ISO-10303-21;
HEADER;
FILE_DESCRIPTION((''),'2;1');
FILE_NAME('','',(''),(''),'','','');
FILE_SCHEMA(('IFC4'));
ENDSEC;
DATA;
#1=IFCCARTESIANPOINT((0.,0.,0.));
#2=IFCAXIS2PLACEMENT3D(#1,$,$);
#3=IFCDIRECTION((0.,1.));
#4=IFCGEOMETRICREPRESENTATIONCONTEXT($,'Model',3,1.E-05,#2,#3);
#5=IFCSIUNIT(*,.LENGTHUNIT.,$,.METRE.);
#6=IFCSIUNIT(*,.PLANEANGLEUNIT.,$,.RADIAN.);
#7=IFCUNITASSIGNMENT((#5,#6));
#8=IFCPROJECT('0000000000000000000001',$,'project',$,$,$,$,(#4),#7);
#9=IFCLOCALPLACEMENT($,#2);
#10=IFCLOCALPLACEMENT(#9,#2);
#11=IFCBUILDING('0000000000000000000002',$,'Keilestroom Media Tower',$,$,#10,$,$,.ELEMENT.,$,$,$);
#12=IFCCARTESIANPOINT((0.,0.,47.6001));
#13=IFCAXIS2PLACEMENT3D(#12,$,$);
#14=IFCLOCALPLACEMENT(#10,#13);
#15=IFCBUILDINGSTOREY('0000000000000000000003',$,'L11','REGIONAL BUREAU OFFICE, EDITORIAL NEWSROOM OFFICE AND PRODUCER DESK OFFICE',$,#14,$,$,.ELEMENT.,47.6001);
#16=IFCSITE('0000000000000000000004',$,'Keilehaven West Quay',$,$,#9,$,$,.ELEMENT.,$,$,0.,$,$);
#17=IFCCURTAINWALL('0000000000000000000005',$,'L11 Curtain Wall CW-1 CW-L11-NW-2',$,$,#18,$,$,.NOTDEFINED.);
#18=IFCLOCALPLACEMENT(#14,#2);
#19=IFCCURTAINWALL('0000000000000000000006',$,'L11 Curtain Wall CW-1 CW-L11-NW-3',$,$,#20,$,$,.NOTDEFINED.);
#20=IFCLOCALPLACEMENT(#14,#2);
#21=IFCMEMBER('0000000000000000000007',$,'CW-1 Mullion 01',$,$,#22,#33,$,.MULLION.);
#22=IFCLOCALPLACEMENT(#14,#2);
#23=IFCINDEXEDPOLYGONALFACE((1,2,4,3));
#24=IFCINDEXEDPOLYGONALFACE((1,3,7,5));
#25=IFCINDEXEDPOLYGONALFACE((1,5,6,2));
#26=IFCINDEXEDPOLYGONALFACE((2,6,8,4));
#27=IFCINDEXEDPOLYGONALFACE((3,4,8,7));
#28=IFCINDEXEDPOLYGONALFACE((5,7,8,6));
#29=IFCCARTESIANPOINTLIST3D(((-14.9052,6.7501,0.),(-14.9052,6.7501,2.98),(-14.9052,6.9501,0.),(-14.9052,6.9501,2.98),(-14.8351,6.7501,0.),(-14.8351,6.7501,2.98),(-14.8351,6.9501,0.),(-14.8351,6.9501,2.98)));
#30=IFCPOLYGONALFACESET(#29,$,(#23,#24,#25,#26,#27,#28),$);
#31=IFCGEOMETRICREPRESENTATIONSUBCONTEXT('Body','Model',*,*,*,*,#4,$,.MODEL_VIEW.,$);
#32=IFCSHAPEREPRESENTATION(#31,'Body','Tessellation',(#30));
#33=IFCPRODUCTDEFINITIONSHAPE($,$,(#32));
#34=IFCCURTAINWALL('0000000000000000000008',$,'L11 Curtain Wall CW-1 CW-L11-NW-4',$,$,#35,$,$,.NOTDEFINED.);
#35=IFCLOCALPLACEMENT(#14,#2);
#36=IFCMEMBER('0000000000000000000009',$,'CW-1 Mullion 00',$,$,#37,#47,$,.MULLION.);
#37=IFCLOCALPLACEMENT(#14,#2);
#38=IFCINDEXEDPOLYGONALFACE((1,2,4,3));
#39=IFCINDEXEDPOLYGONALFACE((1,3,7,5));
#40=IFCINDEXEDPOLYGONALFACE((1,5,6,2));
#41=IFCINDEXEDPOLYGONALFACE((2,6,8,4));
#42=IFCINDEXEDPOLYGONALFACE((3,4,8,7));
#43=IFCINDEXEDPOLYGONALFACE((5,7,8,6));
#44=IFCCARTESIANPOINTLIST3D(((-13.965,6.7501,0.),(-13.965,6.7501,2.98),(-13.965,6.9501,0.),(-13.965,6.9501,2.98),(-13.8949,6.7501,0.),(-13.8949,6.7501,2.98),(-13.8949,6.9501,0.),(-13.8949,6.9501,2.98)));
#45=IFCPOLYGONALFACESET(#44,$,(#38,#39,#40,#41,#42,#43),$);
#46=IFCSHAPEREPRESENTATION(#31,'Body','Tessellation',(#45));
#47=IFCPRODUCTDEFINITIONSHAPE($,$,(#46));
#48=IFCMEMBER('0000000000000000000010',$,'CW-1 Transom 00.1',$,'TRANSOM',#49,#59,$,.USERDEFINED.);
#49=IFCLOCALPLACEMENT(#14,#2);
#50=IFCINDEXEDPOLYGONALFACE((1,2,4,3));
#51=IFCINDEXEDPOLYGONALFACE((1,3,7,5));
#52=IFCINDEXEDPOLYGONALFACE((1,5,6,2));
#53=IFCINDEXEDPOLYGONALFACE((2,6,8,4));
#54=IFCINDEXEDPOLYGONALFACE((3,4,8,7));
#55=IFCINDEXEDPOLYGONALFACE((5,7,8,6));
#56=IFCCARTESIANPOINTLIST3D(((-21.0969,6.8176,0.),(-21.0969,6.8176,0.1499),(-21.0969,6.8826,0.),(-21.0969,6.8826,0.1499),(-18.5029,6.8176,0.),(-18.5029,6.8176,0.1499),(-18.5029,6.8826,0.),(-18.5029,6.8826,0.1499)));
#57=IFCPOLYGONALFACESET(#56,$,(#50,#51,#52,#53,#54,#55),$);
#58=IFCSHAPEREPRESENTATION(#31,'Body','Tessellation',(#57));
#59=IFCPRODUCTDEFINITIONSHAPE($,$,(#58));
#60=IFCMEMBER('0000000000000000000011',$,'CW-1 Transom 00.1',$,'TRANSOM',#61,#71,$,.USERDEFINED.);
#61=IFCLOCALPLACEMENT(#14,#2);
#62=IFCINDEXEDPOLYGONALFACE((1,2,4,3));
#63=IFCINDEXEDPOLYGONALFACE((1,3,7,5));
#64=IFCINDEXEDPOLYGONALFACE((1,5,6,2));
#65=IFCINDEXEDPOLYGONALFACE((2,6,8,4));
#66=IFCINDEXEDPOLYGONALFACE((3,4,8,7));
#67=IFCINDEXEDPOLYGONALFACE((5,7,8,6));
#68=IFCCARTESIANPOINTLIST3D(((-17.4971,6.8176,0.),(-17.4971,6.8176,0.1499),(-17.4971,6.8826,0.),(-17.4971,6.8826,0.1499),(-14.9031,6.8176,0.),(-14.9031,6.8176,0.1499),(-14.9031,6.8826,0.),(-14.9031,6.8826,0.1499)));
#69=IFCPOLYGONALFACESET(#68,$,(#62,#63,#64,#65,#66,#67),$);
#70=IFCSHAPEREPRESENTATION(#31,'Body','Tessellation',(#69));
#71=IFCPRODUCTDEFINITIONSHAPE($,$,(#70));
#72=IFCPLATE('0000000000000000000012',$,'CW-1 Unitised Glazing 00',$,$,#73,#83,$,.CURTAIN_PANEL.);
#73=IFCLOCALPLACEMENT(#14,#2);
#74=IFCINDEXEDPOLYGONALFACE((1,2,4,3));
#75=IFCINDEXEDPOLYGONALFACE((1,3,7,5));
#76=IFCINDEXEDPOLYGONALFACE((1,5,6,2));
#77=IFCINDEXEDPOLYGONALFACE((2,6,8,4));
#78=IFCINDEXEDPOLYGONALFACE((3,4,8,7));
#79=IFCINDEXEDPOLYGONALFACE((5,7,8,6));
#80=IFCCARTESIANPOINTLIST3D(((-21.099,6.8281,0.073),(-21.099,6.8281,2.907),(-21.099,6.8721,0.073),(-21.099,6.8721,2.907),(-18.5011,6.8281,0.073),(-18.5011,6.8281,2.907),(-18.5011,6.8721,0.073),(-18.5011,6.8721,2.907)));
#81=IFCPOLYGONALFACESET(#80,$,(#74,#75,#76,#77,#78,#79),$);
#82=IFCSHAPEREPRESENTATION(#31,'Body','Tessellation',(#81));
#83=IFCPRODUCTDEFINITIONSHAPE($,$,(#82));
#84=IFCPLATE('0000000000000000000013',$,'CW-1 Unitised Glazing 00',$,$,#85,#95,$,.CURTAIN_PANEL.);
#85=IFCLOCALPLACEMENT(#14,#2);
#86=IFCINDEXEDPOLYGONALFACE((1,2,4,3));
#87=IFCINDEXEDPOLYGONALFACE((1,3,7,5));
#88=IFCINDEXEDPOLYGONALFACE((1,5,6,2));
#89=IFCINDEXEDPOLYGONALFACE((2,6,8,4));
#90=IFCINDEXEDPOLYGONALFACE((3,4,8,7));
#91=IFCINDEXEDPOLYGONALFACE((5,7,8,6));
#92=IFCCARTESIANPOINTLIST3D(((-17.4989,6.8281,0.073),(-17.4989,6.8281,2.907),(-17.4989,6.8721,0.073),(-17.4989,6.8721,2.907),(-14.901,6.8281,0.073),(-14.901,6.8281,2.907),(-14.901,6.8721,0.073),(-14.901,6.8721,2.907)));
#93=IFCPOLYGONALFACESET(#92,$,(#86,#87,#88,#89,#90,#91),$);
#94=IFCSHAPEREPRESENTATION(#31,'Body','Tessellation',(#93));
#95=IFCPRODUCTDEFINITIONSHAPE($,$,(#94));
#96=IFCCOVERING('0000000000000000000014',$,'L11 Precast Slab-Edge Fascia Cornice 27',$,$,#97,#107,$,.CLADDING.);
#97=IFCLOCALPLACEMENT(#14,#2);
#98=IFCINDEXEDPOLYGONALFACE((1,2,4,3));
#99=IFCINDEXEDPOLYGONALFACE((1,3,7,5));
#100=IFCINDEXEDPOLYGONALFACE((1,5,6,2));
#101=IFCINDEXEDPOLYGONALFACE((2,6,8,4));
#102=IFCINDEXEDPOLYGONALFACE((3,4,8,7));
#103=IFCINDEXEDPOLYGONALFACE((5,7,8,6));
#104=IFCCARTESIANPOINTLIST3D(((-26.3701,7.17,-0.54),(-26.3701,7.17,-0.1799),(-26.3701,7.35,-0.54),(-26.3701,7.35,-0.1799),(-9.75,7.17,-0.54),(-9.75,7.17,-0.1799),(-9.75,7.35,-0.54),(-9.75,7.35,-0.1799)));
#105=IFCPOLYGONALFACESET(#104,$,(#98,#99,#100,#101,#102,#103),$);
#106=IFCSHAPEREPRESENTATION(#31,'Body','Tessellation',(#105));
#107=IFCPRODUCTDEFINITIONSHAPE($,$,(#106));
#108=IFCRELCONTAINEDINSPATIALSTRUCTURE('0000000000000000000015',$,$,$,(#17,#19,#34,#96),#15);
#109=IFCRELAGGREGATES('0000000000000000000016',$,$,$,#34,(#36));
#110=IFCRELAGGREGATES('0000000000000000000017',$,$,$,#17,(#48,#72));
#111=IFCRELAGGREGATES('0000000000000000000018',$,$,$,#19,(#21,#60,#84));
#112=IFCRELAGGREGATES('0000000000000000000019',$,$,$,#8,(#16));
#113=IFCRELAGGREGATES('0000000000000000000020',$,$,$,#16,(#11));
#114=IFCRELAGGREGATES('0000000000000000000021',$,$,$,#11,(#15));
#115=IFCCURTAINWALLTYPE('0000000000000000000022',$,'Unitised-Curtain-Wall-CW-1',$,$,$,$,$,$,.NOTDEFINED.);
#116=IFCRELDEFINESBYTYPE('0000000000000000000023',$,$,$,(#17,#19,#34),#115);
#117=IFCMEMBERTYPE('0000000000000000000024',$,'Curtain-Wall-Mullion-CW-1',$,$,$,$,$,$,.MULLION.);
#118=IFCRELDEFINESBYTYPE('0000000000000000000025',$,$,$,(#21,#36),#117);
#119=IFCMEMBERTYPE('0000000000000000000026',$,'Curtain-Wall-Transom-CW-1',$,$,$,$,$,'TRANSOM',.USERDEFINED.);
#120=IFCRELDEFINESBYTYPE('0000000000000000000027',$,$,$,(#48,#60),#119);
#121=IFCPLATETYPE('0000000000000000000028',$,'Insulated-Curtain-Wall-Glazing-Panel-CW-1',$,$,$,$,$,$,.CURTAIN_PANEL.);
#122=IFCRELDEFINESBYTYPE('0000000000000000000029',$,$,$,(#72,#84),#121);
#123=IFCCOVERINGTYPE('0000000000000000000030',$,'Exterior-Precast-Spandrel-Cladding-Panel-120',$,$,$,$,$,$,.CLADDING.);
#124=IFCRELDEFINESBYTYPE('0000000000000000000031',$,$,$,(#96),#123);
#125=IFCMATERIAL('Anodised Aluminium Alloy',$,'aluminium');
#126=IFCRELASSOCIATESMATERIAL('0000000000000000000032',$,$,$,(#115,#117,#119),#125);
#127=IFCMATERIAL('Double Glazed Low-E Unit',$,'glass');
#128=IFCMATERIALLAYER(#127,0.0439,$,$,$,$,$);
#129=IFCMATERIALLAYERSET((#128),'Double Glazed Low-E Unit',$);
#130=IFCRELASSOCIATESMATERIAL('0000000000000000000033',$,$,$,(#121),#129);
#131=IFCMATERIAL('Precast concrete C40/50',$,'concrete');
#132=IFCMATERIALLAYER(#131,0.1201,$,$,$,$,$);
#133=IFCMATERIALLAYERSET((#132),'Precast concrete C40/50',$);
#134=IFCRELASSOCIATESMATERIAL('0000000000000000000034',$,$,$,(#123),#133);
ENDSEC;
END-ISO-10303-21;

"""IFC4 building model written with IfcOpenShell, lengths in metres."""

from ifc_helpers import new_model, si_unit, direction, frame, origin, origin_2d, place, context, subcontext, project, spatial, rectangle, extrude, source, transform, mapped, material, layer, layer_set, material_profile, profile_set, type_object, element, aggregate, save


model = new_model("IFC4")

# Units and contexts
model_context = context("Model", 3, precision=1e-05, world=origin(), true_north=direction((0.0, 1.0)))
body_context = subcontext(model_context, "Body", "Model", "MODEL_VIEW")
ifc_project = project(units=[si_unit("LENGTHUNIT", "METRE"), si_unit("PLANEANGLEUNIT", "RADIAN")], contexts=[model_context])

# Site, building, storey
site_placement = place(None, origin())
site = spatial("IfcSite", under=ifc_project, at=site_placement, Name="Keilehaven West Quay", CompositionType="ELEMENT", RefElevation=0.0)
building_placement = place(site_placement, origin())
building = spatial("IfcBuilding", under=site, at=building_placement, Name="Keilestroom Media Tower", CompositionType="ELEMENT")
storey_placement = place(building_placement, frame((0.0, 0.0, 47.6001)))
storey = spatial("IfcBuildingStorey", under=building, at=storey_placement, Name="L11", Description="REGIONAL BUREAU OFFICE, EDITORIAL NEWSROOM OFFICE AND PRODUCER DESK OFFICE", CompositionType="ELEMENT", Elevation=47.6001)

# Shared definitions
ifc_material_1 = material(Name="Precast concrete C40/50", Category="concrete")

# Curtain walls, member
ifc_material_2 = material(Name="Anodised Aluminium Alloy", Category="aluminium")
curtain_wall_type = type_object("IfcCurtainWallType", Name="Unitised-Curtain-Wall-CW-1", PredefinedType="NOTDEFINED", material=ifc_material_2)
curtain_wall_1_placement = place(storey_placement, origin())
curtain_wall_1 = element("IfcCurtainWall", 1, at=curtain_wall_1_placement, inside=storey, type_object=curtain_wall_type, Name="L11 Curtain Wall CW-1 CW-L11-NW-2", PredefinedType="NOTDEFINED")
ifc_material_profile_1 = material_profile(ifc_material_2, rectangle(XDim=0.0701, YDim=0.2, at=origin_2d()), Name="ALU MULLION 70x200")
ifc_profile_set_1 = profile_set([ifc_material_profile_1], Name="Anodised Aluminium Alloy")
member_type_1 = type_object("IfcMemberType", Name="Curtain-Wall-Mullion-CW-1", PredefinedType="MULLION", material=ifc_profile_set_1)
shared_shape_1 = source(origin(), body_context, "Body", "SweptSolid", [
    extrude(rectangle(XDim=0.0701, YDim=0.2, at=origin_2d()), origin(), (0.0, 0.0, 1.0), 2.98),
])
curtain_wall_2_placement = place(storey_placement, origin())
curtain_wall_2 = element("IfcCurtainWall", 2, at=curtain_wall_2_placement, inside=storey, type_object=curtain_wall_type, Name="L11 Curtain Wall CW-1 CW-L11-NW-3", PredefinedType="NOTDEFINED")
member_1_placement = place(storey_placement, frame((-14.8701, 6.8501, 0.0), z_axis=(0.0, 0.0, 1.0), x_axis=(1.0, 0.0, 0.0)))
member_1 = element("IfcMember", 3, at=member_1_placement, type_object=member_type_1, Name="CW-1 Mullion 01", PredefinedType="MULLION", context=body_context, shape_type="MappedRepresentation", body=[
    mapped(shared_shape_1, transform((0.0, 0.0, 0.0), x_axis=(1.0, 0.0, 0.0), y_axis=(0.0, 1.0, 0.0), z_axis=(0.0, 0.0, 1.0), scale=1.0)),
])

# Curtain wall, member
curtain_wall_3_placement = place(storey_placement, origin())
curtain_wall_3 = element("IfcCurtainWall", 4, at=curtain_wall_3_placement, inside=storey, type_object=curtain_wall_type, Name="L11 Curtain Wall CW-1 CW-L11-NW-4", PredefinedType="NOTDEFINED")
member_2_placement = place(storey_placement, frame((-13.9299, 6.8501, 0.0), z_axis=(0.0, 0.0, 1.0), x_axis=(1.0, 0.0, 0.0)))
member_2 = element("IfcMember", 5, at=member_2_placement, type_object=member_type_1, Name="CW-1 Mullion 00", PredefinedType="MULLION", context=body_context, shape_type="MappedRepresentation", body=[
    mapped(shared_shape_1, transform((0.0, 0.0, 0.0), x_axis=(1.0, 0.0, 0.0), y_axis=(0.0, 1.0, 0.0), z_axis=(0.0, 0.0, 1.0), scale=1.0)),
])
aggregate(curtain_wall_3, [member_2])

# Members
ifc_material_profile_2 = material_profile(ifc_material_2, rectangle(XDim=0.0649, YDim=0.1499, at=origin_2d()), Name="ALU TRANSOM 65x150")
ifc_profile_set_2 = profile_set([ifc_material_profile_2], Name="Anodised Aluminium Alloy")
member_type_2 = type_object("IfcMemberType", Name="Curtain-Wall-Transom-CW-1", ElementType="TRANSOM", PredefinedType="USERDEFINED", material=ifc_profile_set_2)
shared_shape_2 = source(origin(), body_context, "Body", "SweptSolid", [
    extrude(rectangle(XDim=0.0649, YDim=0.1499, at=origin_2d()), origin(), (0.0, 0.0, 1.0), 2.594),
])
member_3_placement = place(storey_placement, frame((-21.0969, 6.8501, 0.075), z_axis=(1.0, 0.0, 0.0), x_axis=(0.0, 1.0, 0.0)))
member_3 = element("IfcMember", 6, at=member_3_placement, type_object=member_type_2, Name="CW-1 Transom 00.1", ObjectType="TRANSOM", PredefinedType="USERDEFINED", context=body_context, shape_type="MappedRepresentation", body=[
    mapped(shared_shape_2, transform((0.0, 0.0, 0.0), x_axis=(1.0, 0.0, 0.0), y_axis=(0.0, 1.0, 0.0), z_axis=(0.0, 0.0, 1.0), scale=1.0)),
])
member_4_placement = place(storey_placement, frame((-17.4971, 6.8501, 0.075), z_axis=(1.0, 0.0, 0.0), x_axis=(0.0, 1.0, 0.0)))
member_4 = element("IfcMember", 7, at=member_4_placement, type_object=member_type_2, Name="CW-1 Transom 00.1", ObjectType="TRANSOM", PredefinedType="USERDEFINED", context=body_context, shape_type="MappedRepresentation", body=[
    mapped(shared_shape_2, transform((0.0, 0.0, 0.0), x_axis=(1.0, 0.0, 0.0), y_axis=(0.0, 1.0, 0.0), z_axis=(0.0, 0.0, 1.0), scale=1.0)),
])

# Plates
ifc_material_3 = material(Name="Double Glazed Low-E Unit", Category="glass")
ifc_layer_1 = layer(ifc_material_3, 0.0439)
ifc_layer_set_1 = layer_set([ifc_layer_1], Name="Double Glazed Low-E Unit")
plate_type = type_object("IfcPlateType", Name="Insulated-Curtain-Wall-Glazing-Panel-CW-1", PredefinedType="CURTAIN_PANEL", material=ifc_layer_set_1)
shared_shape_3 = source(origin(), body_context, "Body", "SweptSolid", [
    extrude(rectangle(XDim=2.5979, YDim=0.0439, at=origin_2d()), origin(), (0.0, 0.0, 1.0), 2.834),
])
plate_1_placement = place(storey_placement, frame((-19.8, 6.8501, 0.073), z_axis=(0.0, 0.0, 1.0), x_axis=(1.0, 0.0, 0.0)))
plate_1 = element("IfcPlate", 8, at=plate_1_placement, type_object=plate_type, Name="CW-1 Unitised Glazing 00", PredefinedType="CURTAIN_PANEL", context=body_context, shape_type="MappedRepresentation", body=[
    mapped(shared_shape_3, transform((0.0, 0.0, 0.0), x_axis=(1.0, 0.0, 0.0), y_axis=(0.0, 1.0, 0.0), z_axis=(0.0, 0.0, 1.0), scale=1.0)),
])
aggregate(curtain_wall_1, [member_3, plate_1])
plate_2_placement = place(storey_placement, frame((-16.2, 6.8501, 0.073), z_axis=(0.0, 0.0, 1.0), x_axis=(1.0, 0.0, 0.0)))
plate_2 = element("IfcPlate", 9, at=plate_2_placement, type_object=plate_type, Name="CW-1 Unitised Glazing 00", PredefinedType="CURTAIN_PANEL", context=body_context, shape_type="MappedRepresentation", body=[
    mapped(shared_shape_3, transform((0.0, 0.0, 0.0), x_axis=(1.0, 0.0, 0.0), y_axis=(0.0, 1.0, 0.0), z_axis=(0.0, 0.0, 1.0), scale=1.0)),
])
aggregate(curtain_wall_2, [member_1, member_4, plate_2])

# Covering
ifc_layer_2 = layer(ifc_material_1, 0.1201)
ifc_layer_set_2 = layer_set([ifc_layer_2], Name="Precast concrete C40/50")
covering_type = type_object("IfcCoveringType", Name="Exterior-Precast-Spandrel-Cladding-Panel-120", PredefinedType="CLADDING", material=ifc_layer_set_2)
shared_shape_4 = source(origin(), body_context, "Body", "SweptSolid", [
    extrude(rectangle(XDim=16.6201, YDim=0.1799, at=origin_2d()), origin(), (0.0, 0.0, 1.0), 0.3601),
])
covering_placement = place(storey_placement, frame((-18.0601, 7.26, -0.54), z_axis=(0.0, 0.0, 1.0), x_axis=(1.0, 0.0, 0.0)))
element("IfcCovering", 10, at=covering_placement, inside=storey, type_object=covering_type, Name="L11 Precast Slab-Edge Fascia Cornice 27", PredefinedType="CLADDING", context=body_context, shape_type="MappedRepresentation", body=[
    mapped(shared_shape_4, transform((0.0, 0.0, 0.0), x_axis=(1.0, 0.0, 0.0), y_axis=(0.0, 1.0, 0.0), z_axis=(0.0, 0.0, 1.0), scale=1.0)),
])

save(model, "model.ifc")
